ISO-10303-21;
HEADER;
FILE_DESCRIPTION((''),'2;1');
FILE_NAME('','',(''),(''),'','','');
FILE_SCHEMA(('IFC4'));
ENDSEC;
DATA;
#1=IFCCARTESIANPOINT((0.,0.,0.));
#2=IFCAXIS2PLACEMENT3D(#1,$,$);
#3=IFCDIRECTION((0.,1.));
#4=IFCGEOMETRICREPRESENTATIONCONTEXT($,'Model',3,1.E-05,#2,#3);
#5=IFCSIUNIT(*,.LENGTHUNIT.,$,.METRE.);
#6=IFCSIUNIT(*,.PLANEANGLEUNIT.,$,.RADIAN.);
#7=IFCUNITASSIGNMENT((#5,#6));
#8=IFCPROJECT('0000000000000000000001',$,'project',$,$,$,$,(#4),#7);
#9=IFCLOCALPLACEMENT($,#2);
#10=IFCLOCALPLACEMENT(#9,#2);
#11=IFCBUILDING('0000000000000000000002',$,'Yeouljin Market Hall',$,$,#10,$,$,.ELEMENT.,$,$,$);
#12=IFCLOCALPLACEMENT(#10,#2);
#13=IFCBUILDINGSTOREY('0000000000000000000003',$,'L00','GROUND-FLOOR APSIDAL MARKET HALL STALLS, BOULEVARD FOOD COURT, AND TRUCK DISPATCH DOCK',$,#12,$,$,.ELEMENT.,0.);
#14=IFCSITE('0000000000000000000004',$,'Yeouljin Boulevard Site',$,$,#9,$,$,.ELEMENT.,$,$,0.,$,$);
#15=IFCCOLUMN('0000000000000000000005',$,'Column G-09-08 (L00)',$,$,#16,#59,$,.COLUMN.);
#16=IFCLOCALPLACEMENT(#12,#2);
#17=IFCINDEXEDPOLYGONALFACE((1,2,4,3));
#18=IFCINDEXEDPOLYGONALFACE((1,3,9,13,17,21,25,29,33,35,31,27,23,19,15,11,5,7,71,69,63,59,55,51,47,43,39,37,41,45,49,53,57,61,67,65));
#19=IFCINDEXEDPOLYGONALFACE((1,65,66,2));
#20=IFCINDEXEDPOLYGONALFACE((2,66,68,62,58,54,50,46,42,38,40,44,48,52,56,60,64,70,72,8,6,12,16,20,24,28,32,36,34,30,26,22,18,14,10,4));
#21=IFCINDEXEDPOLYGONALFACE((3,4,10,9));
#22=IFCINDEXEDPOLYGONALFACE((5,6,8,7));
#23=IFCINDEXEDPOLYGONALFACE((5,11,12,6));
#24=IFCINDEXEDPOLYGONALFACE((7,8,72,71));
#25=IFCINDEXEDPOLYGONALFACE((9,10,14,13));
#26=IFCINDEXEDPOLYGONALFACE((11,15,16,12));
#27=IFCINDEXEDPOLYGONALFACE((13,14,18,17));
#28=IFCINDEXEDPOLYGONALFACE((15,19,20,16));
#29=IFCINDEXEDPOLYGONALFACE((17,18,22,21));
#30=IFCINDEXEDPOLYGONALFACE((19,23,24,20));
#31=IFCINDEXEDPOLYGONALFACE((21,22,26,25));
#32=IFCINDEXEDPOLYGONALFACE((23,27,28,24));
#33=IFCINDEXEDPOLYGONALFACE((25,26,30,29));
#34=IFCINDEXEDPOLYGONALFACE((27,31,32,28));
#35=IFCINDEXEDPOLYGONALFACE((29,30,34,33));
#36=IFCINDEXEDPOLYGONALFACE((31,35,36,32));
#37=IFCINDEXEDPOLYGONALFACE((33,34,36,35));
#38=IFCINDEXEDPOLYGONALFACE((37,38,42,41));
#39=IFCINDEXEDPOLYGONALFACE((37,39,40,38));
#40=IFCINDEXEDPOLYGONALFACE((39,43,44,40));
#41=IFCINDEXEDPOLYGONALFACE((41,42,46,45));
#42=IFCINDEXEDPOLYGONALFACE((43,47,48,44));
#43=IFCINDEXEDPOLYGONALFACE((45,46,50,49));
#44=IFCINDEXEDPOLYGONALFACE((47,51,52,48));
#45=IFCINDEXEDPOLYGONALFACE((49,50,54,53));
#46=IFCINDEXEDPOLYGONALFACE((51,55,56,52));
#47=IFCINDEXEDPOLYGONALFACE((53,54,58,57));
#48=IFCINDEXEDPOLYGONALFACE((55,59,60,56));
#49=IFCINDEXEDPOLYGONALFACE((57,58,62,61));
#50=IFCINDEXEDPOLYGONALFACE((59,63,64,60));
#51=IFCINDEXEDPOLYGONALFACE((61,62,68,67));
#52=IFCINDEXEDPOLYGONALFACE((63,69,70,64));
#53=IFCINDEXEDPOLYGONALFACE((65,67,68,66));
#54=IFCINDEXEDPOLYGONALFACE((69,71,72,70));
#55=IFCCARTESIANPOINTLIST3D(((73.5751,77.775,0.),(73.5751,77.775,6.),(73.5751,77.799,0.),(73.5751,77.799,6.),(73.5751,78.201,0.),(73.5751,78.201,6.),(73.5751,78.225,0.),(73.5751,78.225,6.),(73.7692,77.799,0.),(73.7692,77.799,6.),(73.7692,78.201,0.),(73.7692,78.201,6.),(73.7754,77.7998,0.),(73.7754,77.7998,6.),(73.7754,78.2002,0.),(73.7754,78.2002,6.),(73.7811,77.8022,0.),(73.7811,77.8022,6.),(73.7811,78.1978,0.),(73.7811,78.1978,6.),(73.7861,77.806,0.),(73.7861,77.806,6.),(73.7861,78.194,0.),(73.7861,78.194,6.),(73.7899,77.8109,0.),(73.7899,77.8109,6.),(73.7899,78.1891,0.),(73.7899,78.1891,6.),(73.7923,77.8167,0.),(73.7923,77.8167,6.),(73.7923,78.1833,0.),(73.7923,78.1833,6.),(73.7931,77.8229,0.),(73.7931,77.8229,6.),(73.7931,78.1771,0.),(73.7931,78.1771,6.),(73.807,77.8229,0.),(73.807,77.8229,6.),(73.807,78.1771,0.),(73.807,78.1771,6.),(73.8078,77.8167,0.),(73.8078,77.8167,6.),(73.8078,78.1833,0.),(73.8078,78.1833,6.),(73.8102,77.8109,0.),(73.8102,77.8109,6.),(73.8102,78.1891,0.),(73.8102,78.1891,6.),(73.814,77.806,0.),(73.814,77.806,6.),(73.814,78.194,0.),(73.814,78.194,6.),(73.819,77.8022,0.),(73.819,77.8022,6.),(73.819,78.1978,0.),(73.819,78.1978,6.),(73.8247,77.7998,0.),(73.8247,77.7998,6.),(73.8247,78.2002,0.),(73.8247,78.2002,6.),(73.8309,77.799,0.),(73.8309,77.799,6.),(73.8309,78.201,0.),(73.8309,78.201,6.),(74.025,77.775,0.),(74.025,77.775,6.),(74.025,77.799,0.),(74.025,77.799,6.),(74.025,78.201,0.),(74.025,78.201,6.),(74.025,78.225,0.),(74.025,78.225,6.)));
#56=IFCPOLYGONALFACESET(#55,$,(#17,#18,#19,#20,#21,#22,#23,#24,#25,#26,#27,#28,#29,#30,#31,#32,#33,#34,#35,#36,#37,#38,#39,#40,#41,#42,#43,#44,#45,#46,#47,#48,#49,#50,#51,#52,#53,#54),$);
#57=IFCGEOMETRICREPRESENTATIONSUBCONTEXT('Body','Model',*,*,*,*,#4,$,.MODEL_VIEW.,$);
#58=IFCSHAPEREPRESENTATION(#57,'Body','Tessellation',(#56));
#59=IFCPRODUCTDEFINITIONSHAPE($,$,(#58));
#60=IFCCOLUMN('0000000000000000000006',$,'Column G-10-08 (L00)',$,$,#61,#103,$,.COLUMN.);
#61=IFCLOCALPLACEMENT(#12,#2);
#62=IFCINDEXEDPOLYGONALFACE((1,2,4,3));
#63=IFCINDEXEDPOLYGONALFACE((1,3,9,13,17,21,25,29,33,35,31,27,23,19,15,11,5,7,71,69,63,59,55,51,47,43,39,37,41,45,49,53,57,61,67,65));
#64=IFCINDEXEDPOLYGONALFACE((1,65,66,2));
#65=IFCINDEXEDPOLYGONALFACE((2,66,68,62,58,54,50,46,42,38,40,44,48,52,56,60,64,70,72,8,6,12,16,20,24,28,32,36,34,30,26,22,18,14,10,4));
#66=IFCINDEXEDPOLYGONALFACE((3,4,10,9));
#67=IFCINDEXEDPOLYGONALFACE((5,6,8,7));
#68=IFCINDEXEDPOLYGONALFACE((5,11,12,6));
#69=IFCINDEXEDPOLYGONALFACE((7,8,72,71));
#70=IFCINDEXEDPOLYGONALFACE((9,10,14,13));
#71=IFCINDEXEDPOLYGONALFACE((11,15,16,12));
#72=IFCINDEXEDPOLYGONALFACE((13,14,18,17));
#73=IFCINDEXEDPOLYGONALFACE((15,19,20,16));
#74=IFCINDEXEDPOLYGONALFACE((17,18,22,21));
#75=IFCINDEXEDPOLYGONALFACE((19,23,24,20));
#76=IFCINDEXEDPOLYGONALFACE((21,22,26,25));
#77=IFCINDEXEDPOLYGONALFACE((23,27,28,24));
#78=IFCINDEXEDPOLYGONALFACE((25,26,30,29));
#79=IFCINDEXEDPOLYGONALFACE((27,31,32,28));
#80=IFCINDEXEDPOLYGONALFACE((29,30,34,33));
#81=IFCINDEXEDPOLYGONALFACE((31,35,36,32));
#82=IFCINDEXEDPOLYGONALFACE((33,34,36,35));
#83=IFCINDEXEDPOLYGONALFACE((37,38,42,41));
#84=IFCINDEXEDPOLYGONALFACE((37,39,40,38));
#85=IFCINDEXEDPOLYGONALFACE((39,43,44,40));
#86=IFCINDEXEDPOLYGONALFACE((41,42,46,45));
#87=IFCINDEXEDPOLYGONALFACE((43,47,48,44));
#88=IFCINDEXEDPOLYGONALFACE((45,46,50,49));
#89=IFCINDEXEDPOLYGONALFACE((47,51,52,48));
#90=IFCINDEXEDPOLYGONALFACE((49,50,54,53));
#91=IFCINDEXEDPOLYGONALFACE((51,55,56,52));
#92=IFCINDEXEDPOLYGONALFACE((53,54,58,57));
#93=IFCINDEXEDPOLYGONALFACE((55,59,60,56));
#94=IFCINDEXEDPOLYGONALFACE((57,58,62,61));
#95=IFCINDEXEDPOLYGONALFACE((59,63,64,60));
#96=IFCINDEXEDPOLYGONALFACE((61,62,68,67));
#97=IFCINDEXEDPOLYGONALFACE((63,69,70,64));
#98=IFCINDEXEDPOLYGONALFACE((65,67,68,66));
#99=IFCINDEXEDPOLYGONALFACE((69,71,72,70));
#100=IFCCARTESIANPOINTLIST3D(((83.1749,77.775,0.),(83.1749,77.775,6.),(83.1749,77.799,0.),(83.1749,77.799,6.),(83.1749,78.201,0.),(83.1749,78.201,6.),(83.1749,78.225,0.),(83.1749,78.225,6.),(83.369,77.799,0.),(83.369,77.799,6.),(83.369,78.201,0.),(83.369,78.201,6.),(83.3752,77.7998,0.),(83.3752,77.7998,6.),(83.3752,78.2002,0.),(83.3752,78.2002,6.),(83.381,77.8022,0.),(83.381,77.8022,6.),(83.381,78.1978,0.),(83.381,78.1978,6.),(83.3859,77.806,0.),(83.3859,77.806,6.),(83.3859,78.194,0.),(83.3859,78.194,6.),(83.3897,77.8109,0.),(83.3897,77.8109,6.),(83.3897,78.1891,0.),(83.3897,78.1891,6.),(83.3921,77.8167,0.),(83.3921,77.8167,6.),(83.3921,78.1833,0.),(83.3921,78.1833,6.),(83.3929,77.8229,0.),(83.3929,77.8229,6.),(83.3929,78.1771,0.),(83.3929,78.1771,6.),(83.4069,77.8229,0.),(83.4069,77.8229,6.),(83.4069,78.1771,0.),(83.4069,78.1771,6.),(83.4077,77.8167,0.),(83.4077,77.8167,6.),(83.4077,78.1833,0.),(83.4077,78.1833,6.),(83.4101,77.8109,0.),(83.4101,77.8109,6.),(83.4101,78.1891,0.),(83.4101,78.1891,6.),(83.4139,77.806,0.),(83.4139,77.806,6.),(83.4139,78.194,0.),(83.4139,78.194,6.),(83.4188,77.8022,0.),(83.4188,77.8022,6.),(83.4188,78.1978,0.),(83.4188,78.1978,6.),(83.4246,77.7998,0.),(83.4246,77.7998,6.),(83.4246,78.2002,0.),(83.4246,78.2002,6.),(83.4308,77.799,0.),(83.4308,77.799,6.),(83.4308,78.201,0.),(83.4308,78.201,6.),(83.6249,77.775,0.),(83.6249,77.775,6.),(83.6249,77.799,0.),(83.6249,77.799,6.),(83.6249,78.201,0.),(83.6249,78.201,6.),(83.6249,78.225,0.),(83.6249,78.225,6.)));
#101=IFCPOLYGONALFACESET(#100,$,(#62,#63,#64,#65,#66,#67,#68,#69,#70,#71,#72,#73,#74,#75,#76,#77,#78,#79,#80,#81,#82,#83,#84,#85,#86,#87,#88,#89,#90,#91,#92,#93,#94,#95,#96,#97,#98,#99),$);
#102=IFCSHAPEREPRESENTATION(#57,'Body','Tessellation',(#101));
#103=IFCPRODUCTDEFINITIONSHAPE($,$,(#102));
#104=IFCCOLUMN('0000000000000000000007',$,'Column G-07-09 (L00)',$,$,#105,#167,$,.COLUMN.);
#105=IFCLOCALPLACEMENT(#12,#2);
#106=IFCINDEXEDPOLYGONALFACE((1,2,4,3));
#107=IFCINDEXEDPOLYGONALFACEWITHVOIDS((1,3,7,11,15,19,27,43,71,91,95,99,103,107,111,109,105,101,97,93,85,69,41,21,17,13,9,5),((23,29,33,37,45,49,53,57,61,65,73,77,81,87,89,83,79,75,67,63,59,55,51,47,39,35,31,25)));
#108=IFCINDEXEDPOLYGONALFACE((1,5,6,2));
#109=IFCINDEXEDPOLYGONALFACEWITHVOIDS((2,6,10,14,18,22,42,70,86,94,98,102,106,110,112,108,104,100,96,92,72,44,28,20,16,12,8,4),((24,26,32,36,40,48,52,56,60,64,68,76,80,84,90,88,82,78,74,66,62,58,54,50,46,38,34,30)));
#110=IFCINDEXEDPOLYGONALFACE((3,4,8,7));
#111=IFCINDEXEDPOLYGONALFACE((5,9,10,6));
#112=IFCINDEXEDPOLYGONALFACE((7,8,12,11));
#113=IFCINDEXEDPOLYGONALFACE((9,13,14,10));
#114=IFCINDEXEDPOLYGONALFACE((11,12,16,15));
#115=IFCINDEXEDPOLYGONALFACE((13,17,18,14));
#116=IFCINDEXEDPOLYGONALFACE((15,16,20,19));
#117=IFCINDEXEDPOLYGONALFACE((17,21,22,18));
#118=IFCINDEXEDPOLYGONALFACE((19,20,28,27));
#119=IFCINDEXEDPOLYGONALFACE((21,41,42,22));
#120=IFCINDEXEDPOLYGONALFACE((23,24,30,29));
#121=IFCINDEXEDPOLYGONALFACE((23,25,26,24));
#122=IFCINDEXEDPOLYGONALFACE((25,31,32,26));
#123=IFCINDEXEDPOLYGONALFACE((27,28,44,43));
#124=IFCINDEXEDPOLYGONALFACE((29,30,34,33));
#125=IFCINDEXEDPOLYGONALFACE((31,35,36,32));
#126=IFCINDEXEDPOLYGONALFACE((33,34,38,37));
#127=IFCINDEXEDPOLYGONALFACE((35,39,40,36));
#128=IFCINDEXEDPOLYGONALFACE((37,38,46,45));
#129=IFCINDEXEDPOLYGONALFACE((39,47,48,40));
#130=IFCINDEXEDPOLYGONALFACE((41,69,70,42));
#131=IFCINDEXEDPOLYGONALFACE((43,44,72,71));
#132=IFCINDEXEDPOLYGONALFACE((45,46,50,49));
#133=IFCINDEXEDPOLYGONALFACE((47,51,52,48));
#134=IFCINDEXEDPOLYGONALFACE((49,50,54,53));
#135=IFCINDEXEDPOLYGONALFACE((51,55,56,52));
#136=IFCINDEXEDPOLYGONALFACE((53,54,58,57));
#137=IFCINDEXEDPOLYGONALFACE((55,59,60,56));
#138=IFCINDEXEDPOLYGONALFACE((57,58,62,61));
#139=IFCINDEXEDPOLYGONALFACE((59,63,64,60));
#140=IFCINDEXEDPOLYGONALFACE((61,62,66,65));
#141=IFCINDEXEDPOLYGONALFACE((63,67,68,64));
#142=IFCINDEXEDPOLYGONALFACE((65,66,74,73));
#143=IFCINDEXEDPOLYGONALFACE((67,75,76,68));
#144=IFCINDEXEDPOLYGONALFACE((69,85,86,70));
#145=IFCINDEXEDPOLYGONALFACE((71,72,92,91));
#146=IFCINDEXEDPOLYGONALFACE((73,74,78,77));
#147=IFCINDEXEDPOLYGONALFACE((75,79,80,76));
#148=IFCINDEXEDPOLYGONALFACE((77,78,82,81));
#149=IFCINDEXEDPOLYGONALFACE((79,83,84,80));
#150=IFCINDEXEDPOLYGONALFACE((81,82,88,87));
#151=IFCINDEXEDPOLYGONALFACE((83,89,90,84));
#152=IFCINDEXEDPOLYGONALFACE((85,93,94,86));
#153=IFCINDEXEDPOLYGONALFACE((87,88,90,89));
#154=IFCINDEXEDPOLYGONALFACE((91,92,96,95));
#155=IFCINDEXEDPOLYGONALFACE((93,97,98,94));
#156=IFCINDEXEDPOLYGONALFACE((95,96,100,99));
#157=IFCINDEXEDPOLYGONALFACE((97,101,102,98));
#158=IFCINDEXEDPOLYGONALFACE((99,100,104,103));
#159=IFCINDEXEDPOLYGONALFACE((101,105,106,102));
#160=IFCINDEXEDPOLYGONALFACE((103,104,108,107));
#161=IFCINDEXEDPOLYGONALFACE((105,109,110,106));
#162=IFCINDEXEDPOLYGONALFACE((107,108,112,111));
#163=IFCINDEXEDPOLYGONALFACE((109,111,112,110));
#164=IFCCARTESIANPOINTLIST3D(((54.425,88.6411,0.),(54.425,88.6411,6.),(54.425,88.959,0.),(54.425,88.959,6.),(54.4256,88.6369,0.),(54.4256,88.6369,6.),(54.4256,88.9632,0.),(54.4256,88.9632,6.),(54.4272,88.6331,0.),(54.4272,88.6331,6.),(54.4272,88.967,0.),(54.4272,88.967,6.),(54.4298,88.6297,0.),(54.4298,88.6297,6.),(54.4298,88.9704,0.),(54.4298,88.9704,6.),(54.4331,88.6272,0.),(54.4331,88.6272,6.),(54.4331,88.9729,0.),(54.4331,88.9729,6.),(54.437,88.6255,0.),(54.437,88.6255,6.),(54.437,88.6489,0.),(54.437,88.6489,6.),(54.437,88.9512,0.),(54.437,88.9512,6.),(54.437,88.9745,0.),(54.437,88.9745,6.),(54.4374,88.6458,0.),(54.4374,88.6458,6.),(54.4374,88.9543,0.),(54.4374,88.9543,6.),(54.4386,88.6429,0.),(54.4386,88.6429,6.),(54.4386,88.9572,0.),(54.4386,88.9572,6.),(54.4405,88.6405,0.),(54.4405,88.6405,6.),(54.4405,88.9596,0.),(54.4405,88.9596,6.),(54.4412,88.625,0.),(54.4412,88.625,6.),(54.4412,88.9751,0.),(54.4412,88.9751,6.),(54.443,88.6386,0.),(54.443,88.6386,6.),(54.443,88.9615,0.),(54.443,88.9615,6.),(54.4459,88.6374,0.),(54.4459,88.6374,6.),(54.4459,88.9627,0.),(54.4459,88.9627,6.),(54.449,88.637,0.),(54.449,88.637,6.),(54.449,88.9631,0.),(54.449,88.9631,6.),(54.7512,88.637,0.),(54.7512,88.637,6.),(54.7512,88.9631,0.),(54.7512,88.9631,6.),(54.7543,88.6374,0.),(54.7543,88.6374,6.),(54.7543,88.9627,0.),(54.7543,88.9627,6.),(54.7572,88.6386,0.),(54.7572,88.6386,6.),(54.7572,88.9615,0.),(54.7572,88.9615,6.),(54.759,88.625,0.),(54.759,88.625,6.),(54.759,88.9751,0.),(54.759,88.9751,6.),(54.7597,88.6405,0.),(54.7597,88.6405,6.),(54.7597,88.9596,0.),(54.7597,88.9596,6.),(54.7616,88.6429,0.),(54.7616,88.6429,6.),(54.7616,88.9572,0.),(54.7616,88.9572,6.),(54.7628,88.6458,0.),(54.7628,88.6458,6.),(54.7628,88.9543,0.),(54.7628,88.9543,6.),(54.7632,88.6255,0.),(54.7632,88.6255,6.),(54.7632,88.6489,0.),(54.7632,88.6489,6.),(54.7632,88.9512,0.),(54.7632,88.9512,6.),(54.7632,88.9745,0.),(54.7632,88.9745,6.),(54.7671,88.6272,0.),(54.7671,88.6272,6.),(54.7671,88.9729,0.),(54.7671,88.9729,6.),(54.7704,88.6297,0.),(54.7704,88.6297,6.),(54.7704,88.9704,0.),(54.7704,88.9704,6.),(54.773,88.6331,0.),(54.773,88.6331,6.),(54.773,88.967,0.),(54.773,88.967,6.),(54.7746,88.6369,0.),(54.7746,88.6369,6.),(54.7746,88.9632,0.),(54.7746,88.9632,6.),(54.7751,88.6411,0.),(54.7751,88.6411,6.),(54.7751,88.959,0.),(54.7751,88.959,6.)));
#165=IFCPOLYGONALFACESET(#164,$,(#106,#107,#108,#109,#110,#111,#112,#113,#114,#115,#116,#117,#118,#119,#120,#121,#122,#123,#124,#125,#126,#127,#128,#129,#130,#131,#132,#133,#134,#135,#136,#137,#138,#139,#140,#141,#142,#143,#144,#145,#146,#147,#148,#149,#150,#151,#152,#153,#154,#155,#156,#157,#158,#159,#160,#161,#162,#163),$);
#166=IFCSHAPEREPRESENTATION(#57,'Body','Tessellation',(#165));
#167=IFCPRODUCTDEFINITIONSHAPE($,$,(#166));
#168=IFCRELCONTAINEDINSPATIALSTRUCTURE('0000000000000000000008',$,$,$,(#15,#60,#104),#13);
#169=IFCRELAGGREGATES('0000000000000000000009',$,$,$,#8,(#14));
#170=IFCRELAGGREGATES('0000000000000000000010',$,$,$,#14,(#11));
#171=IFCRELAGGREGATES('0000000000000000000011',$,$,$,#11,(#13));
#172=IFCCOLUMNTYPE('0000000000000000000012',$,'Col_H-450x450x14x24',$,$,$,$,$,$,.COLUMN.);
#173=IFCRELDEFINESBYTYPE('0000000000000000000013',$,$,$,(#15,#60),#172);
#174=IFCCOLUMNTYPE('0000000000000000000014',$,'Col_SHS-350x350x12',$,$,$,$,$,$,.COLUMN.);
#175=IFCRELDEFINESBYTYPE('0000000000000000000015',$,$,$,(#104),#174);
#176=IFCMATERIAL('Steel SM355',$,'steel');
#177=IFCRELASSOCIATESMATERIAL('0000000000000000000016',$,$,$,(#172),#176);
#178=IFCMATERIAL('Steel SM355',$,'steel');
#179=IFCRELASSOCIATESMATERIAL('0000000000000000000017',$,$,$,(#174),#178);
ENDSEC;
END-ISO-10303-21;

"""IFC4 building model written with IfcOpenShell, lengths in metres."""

from ifc_helpers import new_model, si_unit, direction, frame, origin, origin_2d, place, context, subcontext, project, spatial, hollow_rectangle, i_section, extrude, material, material_profile, profile_set, type_object, element, save


model = new_model("IFC4")

# Units and contexts
model_context = context("Model", 3, precision=1e-05, world=origin(), true_north=direction((0.0, 1.0)))
body_context = subcontext(model_context, "Body", "Model", "MODEL_VIEW")
ifc_project = project(units=[si_unit("LENGTHUNIT", "METRE"), si_unit("PLANEANGLEUNIT", "RADIAN")], contexts=[model_context])

# Site, building, storey
site_placement = place(None, origin())
site = spatial("IfcSite", under=ifc_project, at=site_placement, Name="Yeouljin Boulevard Site", CompositionType="ELEMENT", RefElevation=0.0)
building_placement = place(site_placement, origin())
building = spatial("IfcBuilding", under=site, at=building_placement, Name="Yeouljin Market Hall", CompositionType="ELEMENT")
storey_placement = place(building_placement, origin())
storey = spatial("IfcBuildingStorey", under=building, at=storey_placement, Name="L00", Description="GROUND-FLOOR APSIDAL MARKET HALL STALLS, BOULEVARD FOOD COURT, AND TRUCK DISPATCH DOCK", CompositionType="ELEMENT", Elevation=0.0)

# Columns
ifc_material_1 = material(Name="Steel SM355", Category="steel")
ifc_material_profile_1 = material_profile(ifc_material_1, i_section(OverallWidth=0.45, OverallDepth=0.45, WebThickness=0.0139, FlangeThickness=0.0239, FilletRadius=0.0239, at=origin_2d()), Name="H-450x450x14x24")
ifc_profile_set_1 = profile_set([ifc_material_profile_1], Name="Steel SM355")
column_type_1 = type_object("IfcColumnType", Name="Col_H-450x450x14x24", PredefinedType="COLUMN", material=ifc_profile_set_1)
for number, where, z_axis, x_axis, name in (
    (1, (73.8, 78.0, 0.0), (0.0, 0.0, 1.0), (1.0, 0.0, 0.0), "Column G-09-08 (L00)"),
    (2, (83.3999, 78.0, 0.0), (0.0, 0.0, 1.0), (1.0, 0.0, 0.0), "Column G-10-08 (L00)"),
):
    element("IfcColumn", number, at=place(storey_placement, frame(where, z_axis=z_axis, x_axis=x_axis)), inside=storey, type_object=column_type_1, Name=name, PredefinedType="COLUMN", context=body_context, shape_type="SweptSolid", body=[
        extrude(i_section(OverallWidth=0.45, OverallDepth=0.45, WebThickness=0.0139, FlangeThickness=0.0239, FilletRadius=0.0239, at=origin_2d()), origin(), (0.0, 0.0, 1.0), 6.0),
    ])
ifc_material_2 = material(Name="Steel SM355", Category="steel")
ifc_material_profile_2 = material_profile(ifc_material_2, hollow_rectangle(XDim=0.3501, YDim=0.3501, WallThickness=0.012, InnerFilletRadius=0.012, OuterFilletRadius=0.0161, at=origin_2d()), Name="SHS-350x350x12")
ifc_profile_set_2 = profile_set([ifc_material_profile_2], Name="Steel SM355")
column_type_2 = type_object("IfcColumnType", Name="Col_SHS-350x350x12", PredefinedType="COLUMN", material=ifc_profile_set_2)
for number, where, z_axis, x_axis, name in (
    (3, (54.6001, 88.8, 0.0), (0.0, 0.0, 1.0), (1.0, 0.0, 0.0), "Column G-07-09 (L00)"),
):
    element("IfcColumn", number, at=place(storey_placement, frame(where, z_axis=z_axis, x_axis=x_axis)), inside=storey, type_object=column_type_2, Name=name, PredefinedType="COLUMN", context=body_context, shape_type="SweptSolid", body=[
        extrude(hollow_rectangle(XDim=0.3501, YDim=0.3501, WallThickness=0.012, InnerFilletRadius=0.012, OuterFilletRadius=0.0161, at=origin_2d()), origin(), (0.0, 0.0, 1.0), 6.0),
    ])

save(model, "model.ifc")
